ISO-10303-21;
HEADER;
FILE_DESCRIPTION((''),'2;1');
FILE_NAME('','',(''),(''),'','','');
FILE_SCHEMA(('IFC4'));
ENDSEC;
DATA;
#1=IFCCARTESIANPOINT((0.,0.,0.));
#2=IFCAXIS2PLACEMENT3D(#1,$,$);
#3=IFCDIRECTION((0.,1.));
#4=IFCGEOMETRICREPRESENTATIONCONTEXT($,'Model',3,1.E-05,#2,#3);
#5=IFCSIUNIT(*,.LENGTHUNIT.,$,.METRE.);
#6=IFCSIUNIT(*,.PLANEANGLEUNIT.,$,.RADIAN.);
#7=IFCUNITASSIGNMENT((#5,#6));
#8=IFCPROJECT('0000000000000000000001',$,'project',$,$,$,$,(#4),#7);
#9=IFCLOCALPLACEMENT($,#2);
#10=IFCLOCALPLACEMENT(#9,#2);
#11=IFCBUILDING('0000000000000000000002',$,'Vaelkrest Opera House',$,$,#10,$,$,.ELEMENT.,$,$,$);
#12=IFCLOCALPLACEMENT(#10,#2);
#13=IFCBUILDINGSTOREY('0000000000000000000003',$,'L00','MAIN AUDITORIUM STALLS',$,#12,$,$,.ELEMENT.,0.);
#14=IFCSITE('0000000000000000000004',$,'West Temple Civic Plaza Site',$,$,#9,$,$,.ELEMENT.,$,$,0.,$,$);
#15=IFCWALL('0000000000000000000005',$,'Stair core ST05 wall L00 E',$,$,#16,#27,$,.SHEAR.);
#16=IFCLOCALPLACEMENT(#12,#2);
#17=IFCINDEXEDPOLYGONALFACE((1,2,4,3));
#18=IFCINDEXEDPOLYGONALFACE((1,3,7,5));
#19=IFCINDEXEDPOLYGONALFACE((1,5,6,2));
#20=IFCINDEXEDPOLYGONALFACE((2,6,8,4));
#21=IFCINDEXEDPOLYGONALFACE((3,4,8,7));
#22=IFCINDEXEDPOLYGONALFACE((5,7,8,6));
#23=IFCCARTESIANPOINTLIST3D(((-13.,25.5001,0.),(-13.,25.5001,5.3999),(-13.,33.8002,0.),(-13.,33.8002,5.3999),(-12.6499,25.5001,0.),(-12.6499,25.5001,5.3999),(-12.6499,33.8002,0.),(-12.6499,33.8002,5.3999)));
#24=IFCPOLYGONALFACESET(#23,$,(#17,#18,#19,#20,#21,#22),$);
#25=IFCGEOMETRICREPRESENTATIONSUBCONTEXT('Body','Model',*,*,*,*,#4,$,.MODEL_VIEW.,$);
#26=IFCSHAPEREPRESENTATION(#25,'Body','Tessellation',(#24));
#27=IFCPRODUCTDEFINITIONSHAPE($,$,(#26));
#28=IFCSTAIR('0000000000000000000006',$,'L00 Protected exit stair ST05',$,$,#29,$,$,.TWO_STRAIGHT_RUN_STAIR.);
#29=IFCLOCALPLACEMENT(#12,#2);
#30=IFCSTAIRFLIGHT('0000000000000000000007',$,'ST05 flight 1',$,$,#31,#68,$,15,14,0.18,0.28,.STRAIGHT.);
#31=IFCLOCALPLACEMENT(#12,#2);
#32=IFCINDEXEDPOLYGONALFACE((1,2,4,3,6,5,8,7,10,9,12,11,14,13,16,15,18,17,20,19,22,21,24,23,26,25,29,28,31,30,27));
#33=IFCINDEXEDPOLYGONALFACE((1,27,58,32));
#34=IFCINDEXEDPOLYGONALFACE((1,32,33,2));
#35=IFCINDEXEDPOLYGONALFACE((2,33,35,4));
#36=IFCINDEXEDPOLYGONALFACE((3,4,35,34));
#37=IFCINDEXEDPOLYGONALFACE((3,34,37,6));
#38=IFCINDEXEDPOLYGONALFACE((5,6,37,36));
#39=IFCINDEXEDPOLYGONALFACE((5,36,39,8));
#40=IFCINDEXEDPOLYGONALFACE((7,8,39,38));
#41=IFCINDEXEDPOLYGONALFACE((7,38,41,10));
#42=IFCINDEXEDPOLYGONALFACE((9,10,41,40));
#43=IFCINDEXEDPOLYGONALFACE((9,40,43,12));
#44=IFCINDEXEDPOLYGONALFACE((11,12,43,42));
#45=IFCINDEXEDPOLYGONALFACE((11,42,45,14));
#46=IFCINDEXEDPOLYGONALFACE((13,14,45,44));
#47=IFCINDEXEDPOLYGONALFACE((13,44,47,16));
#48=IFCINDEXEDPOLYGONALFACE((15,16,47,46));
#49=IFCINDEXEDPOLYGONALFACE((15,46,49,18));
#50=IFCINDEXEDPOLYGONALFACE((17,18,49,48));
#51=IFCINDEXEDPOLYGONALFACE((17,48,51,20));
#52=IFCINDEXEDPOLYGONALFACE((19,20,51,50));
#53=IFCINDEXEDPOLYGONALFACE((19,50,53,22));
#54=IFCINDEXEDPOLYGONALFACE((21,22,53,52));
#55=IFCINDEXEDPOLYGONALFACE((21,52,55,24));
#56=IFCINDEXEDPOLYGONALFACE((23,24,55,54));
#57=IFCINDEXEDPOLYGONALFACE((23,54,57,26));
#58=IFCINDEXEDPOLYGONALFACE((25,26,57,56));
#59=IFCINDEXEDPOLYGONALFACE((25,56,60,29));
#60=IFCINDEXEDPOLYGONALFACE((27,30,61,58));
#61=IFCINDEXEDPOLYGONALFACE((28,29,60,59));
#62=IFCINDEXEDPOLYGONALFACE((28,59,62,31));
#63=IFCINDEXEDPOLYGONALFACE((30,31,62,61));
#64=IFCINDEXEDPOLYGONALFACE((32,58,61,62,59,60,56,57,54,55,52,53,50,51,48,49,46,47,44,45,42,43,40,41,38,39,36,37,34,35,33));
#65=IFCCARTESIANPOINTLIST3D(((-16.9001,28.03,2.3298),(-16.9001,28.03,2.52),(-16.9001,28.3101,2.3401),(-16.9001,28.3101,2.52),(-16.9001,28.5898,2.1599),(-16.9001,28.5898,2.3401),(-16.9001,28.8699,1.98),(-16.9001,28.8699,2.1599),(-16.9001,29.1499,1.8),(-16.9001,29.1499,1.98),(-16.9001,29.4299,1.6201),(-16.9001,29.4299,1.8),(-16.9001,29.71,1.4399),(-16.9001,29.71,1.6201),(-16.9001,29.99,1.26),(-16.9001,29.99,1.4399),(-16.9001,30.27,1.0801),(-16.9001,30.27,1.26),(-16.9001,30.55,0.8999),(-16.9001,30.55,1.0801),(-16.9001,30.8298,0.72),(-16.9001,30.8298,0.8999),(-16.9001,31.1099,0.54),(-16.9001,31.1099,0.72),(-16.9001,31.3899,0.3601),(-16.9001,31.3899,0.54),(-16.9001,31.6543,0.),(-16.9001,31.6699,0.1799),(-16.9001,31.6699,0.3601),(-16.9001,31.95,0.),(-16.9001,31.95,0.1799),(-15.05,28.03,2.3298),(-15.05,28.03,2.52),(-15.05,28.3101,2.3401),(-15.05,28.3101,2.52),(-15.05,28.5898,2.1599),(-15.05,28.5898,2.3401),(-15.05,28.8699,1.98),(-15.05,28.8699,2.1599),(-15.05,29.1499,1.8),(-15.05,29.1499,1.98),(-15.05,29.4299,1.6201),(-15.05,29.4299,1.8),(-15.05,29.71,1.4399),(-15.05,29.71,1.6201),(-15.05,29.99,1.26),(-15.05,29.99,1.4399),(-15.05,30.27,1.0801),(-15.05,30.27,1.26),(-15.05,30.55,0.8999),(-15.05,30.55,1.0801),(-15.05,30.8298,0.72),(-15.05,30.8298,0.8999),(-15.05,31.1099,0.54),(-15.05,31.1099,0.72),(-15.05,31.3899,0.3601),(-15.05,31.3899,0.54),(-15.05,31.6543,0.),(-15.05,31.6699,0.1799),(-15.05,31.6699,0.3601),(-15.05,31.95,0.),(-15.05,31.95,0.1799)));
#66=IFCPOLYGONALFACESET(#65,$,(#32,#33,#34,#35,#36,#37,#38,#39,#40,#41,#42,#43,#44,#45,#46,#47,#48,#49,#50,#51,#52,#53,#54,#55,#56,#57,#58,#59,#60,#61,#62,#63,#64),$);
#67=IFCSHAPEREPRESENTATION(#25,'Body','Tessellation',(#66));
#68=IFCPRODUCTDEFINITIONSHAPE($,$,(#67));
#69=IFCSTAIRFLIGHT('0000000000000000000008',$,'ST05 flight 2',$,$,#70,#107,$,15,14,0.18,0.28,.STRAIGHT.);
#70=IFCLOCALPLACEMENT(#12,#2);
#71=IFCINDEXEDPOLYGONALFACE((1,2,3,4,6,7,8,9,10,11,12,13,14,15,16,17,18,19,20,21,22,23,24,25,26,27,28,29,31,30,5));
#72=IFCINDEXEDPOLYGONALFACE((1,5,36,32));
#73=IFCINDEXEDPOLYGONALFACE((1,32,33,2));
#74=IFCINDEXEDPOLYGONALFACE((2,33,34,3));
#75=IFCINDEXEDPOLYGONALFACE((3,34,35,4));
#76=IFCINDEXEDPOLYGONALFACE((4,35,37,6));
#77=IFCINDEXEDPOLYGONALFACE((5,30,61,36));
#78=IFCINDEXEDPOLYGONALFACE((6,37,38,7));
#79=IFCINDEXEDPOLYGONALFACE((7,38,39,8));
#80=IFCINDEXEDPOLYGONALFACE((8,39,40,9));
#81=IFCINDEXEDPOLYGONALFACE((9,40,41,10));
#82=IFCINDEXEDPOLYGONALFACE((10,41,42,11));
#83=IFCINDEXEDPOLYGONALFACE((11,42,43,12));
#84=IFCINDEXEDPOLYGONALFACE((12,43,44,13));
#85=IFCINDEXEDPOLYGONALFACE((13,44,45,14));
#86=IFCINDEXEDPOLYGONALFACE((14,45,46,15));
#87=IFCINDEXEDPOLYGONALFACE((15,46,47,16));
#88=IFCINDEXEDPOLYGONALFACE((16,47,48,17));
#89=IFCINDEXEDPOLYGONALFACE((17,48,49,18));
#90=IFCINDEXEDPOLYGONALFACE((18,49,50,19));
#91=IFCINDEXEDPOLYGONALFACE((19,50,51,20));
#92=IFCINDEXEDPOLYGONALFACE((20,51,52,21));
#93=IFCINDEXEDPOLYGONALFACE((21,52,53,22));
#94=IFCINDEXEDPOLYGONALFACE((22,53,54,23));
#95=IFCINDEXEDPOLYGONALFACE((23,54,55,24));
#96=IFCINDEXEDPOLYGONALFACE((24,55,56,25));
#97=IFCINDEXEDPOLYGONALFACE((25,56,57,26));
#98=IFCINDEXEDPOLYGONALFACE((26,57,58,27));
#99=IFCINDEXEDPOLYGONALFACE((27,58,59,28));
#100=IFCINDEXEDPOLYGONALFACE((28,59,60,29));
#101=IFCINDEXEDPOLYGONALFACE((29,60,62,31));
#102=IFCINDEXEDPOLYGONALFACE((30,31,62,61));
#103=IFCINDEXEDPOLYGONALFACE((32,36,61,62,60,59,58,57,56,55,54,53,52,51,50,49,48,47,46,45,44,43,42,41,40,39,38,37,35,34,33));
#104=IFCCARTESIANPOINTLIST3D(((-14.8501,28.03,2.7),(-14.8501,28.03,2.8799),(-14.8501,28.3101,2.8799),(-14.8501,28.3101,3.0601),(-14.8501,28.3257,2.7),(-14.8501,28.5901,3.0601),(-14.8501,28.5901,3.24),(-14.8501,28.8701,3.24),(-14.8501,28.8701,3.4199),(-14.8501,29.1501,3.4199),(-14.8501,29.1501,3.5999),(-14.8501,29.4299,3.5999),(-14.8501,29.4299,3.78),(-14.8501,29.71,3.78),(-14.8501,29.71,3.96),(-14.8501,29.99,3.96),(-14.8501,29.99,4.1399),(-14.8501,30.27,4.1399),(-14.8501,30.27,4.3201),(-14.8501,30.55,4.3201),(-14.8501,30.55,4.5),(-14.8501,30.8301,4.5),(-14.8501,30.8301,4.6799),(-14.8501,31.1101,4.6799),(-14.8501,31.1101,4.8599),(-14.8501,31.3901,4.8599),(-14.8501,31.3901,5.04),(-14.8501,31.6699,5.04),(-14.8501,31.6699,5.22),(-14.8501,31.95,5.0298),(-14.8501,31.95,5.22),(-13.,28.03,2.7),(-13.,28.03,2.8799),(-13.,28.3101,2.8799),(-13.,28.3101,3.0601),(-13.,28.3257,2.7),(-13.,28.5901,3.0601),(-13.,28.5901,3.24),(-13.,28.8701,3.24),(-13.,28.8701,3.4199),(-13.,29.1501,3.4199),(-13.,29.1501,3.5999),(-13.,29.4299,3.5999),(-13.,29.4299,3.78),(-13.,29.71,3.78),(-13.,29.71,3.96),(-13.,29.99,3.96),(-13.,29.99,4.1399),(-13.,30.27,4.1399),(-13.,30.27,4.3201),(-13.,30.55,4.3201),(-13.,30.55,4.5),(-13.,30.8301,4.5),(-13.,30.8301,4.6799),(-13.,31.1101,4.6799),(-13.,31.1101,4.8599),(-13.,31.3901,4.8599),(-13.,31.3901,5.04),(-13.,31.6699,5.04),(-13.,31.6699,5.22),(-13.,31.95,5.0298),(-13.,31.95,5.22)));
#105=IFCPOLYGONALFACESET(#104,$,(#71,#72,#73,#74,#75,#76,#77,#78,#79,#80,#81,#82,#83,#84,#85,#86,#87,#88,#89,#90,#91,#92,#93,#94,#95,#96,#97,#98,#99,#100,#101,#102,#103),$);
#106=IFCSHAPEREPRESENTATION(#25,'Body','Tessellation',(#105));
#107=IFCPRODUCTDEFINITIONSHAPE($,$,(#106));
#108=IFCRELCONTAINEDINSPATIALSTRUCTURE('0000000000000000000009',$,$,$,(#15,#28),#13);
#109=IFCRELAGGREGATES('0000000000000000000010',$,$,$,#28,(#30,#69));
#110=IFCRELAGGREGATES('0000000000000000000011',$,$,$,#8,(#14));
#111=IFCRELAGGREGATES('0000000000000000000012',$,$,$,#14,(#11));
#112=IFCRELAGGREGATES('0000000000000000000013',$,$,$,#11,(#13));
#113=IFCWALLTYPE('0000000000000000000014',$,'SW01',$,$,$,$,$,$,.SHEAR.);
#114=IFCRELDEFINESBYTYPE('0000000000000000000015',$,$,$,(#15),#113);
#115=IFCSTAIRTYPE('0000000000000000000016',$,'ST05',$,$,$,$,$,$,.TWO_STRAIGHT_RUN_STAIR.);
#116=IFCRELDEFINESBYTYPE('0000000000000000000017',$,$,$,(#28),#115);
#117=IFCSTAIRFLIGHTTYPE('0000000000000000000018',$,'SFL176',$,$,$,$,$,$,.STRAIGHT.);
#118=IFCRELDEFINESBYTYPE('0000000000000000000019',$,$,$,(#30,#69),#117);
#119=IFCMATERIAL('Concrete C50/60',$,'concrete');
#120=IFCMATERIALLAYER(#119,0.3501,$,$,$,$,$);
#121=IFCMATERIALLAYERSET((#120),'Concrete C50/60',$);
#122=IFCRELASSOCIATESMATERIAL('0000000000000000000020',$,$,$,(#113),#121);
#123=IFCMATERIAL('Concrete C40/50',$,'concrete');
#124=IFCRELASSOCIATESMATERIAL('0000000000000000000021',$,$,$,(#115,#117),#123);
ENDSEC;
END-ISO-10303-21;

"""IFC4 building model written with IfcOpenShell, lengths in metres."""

from ifc_helpers import new_model, si_unit, direction, frame, frame_2d, origin, place, context, subcontext, project, spatial, polyline, rectangle, outline, extrude, material, layer, layer_set, type_object, element, aggregate, save


model = new_model("IFC4")

# Units and contexts
model_context = context("Model", 3, precision=1e-05, world=origin(), true_north=direction((0.0, 1.0)))
body_context = subcontext(model_context, "Body", "Model", "MODEL_VIEW")
ifc_project = project(units=[si_unit("LENGTHUNIT", "METRE"), si_unit("PLANEANGLEUNIT", "RADIAN")], contexts=[model_context])

# Site, building, storey
site_placement = place(None, origin())
site = spatial("IfcSite", under=ifc_project, at=site_placement, Name="West Temple Civic Plaza Site", CompositionType="ELEMENT", RefElevation=0.0)
building_placement = place(site_placement, origin())
building = spatial("IfcBuilding", under=site, at=building_placement, Name="Vaelkrest Opera House", CompositionType="ELEMENT")
storey_placement = place(building_placement, origin())
storey = spatial("IfcBuildingStorey", under=building, at=storey_placement, Name="L00", Description="MAIN AUDITORIUM STALLS", CompositionType="ELEMENT", Elevation=0.0)

# Shared definitions
ifc_material_1 = material(Name="Concrete C50/60", Category="concrete")

# Wall
ifc_layer_1 = layer(ifc_material_1, 0.3501)
ifc_layer_set_1 = layer_set([ifc_layer_1], Name="Concrete C50/60")
wall_type_1 = type_object("IfcWallType", Name="SW01", PredefinedType="SHEAR", material=ifc_layer_set_1)
wall_1_placement = place(storey_placement, frame((-12.825, 33.8, 0.0), z_axis=(0.0, 0.0, 1.0), x_axis=(0.0, -1.0, 0.0)))
element("IfcWall", 1, at=wall_1_placement, inside=storey, type_object=wall_type_1, Name="Stair core ST05 wall L00 E", PredefinedType="SHEAR", context=body_context, shape_type="SweptSolid", body=[
    extrude(rectangle(XDim=8.3, YDim=0.3501, at=frame_2d((4.1499, 0.0))), origin(), (0.0, 0.0, 1.0), 5.3999),
])

# Stair, stair flights
ifc_material_2 = material(Name="Concrete C40/50", Category="concrete")
stair_type = type_object("IfcStairType", Name="ST05", PredefinedType="TWO_STRAIGHT_RUN_STAIR", material=ifc_material_2)
stair_placement = place(storey_placement, origin())
stair = element("IfcStair", 2, at=stair_placement, inside=storey, type_object=stair_type, Name="L00 Protected exit stair ST05", PredefinedType="TWO_STRAIGHT_RUN_STAIR")
stair_flight_type = type_object("IfcStairFlightType", Name="SFL176", PredefinedType="STRAIGHT", material=ifc_material_2)
stair_flight_1_placement = place(storey_placement, frame((-15.9751, 31.95, 0.0), z_axis=(0.0, 0.0, 1.0), x_axis=(0.0, -1.0, 0.0)))
stair_flight_1 = element("IfcStairFlight", 3, at=stair_flight_1_placement, type_object=stair_flight_type, Name="ST05 flight 1", NumberOfRisers=15, NumberOfTreads=14, PredefinedType="STRAIGHT", RiserHeight=0.18, TreadLength=0.28, context=body_context, shape_type="SweptSolid", body=[
    extrude(outline(polyline([(0.0, 0.0), (0.0, 0.1799), (0.28, 0.1799), (0.28, 0.3601), (0.5601, 0.3601), (0.5601, 0.54), (0.8401, 0.54), (0.8401, 0.72), (1.1201, 0.72), (1.1201, 0.8999), (1.3999, 0.8999), (1.3999, 1.0801), (1.6799, 1.0801), (1.6799, 1.26), (1.96, 1.26), (1.96, 1.4399), (2.24, 1.4399), (2.24, 1.6201), (2.52, 1.6201), (2.52, 1.8), (2.8, 1.8), (2.8, 1.98), (3.0801, 1.98), (3.0801, 2.1599), (3.3601, 2.1599), (3.3601, 2.3401), (3.6399, 2.3401), (3.6399, 2.52), (3.9199, 2.52), (3.9199, 2.7), (3.9199, 2.3298), (0.2957, 0.0), (0.0, 0.0)])), frame((0.0, 0.925, 0.0), z_axis=(0.0, -1.0, 0.0), x_axis=(1.0, 0.0, 0.0)), (0.0, 0.0, 1.0), 1.8501),
])
stair_flight_2_placement = place(storey_placement, frame((-13.925, 28.03, 2.7), z_axis=(0.0, 0.0, 1.0), x_axis=(0.0, 1.0, 0.0)))
stair_flight_2 = element("IfcStairFlight", 4, at=stair_flight_2_placement, type_object=stair_flight_type, Name="ST05 flight 2", NumberOfRisers=15, NumberOfTreads=14, PredefinedType="STRAIGHT", RiserHeight=0.18, TreadLength=0.28, context=body_context, shape_type="SweptSolid", body=[
    extrude(outline(polyline([(0.0, 0.0), (0.0, 0.1799), (0.28, 0.1799), (0.28, 0.3601), (0.5601, 0.3601), (0.5601, 0.54), (0.8401, 0.54), (0.8401, 0.72), (1.1201, 0.72), (1.1201, 0.8999), (1.3999, 0.8999), (1.3999, 1.0801), (1.6799, 1.0801), (1.6799, 1.26), (1.96, 1.26), (1.96, 1.4399), (2.24, 1.4399), (2.24, 1.6201), (2.52, 1.6201), (2.52, 1.8), (2.8, 1.8), (2.8, 1.98), (3.0801, 1.98), (3.0801, 2.1599), (3.3601, 2.1599), (3.3601, 2.3401), (3.6399, 2.3401), (3.6399, 2.52), (3.9199, 2.52), (3.9199, 2.7), (3.9199, 2.3298), (0.2957, 0.0), (0.0, 0.0)])), frame((0.0, 0.925, 0.0), z_axis=(0.0, -1.0, 0.0), x_axis=(1.0, 0.0, 0.0)), (0.0, 0.0, 1.0), 1.8501),
])
aggregate(stair, [stair_flight_1, stair_flight_2])

save(model, "model.ifc")
